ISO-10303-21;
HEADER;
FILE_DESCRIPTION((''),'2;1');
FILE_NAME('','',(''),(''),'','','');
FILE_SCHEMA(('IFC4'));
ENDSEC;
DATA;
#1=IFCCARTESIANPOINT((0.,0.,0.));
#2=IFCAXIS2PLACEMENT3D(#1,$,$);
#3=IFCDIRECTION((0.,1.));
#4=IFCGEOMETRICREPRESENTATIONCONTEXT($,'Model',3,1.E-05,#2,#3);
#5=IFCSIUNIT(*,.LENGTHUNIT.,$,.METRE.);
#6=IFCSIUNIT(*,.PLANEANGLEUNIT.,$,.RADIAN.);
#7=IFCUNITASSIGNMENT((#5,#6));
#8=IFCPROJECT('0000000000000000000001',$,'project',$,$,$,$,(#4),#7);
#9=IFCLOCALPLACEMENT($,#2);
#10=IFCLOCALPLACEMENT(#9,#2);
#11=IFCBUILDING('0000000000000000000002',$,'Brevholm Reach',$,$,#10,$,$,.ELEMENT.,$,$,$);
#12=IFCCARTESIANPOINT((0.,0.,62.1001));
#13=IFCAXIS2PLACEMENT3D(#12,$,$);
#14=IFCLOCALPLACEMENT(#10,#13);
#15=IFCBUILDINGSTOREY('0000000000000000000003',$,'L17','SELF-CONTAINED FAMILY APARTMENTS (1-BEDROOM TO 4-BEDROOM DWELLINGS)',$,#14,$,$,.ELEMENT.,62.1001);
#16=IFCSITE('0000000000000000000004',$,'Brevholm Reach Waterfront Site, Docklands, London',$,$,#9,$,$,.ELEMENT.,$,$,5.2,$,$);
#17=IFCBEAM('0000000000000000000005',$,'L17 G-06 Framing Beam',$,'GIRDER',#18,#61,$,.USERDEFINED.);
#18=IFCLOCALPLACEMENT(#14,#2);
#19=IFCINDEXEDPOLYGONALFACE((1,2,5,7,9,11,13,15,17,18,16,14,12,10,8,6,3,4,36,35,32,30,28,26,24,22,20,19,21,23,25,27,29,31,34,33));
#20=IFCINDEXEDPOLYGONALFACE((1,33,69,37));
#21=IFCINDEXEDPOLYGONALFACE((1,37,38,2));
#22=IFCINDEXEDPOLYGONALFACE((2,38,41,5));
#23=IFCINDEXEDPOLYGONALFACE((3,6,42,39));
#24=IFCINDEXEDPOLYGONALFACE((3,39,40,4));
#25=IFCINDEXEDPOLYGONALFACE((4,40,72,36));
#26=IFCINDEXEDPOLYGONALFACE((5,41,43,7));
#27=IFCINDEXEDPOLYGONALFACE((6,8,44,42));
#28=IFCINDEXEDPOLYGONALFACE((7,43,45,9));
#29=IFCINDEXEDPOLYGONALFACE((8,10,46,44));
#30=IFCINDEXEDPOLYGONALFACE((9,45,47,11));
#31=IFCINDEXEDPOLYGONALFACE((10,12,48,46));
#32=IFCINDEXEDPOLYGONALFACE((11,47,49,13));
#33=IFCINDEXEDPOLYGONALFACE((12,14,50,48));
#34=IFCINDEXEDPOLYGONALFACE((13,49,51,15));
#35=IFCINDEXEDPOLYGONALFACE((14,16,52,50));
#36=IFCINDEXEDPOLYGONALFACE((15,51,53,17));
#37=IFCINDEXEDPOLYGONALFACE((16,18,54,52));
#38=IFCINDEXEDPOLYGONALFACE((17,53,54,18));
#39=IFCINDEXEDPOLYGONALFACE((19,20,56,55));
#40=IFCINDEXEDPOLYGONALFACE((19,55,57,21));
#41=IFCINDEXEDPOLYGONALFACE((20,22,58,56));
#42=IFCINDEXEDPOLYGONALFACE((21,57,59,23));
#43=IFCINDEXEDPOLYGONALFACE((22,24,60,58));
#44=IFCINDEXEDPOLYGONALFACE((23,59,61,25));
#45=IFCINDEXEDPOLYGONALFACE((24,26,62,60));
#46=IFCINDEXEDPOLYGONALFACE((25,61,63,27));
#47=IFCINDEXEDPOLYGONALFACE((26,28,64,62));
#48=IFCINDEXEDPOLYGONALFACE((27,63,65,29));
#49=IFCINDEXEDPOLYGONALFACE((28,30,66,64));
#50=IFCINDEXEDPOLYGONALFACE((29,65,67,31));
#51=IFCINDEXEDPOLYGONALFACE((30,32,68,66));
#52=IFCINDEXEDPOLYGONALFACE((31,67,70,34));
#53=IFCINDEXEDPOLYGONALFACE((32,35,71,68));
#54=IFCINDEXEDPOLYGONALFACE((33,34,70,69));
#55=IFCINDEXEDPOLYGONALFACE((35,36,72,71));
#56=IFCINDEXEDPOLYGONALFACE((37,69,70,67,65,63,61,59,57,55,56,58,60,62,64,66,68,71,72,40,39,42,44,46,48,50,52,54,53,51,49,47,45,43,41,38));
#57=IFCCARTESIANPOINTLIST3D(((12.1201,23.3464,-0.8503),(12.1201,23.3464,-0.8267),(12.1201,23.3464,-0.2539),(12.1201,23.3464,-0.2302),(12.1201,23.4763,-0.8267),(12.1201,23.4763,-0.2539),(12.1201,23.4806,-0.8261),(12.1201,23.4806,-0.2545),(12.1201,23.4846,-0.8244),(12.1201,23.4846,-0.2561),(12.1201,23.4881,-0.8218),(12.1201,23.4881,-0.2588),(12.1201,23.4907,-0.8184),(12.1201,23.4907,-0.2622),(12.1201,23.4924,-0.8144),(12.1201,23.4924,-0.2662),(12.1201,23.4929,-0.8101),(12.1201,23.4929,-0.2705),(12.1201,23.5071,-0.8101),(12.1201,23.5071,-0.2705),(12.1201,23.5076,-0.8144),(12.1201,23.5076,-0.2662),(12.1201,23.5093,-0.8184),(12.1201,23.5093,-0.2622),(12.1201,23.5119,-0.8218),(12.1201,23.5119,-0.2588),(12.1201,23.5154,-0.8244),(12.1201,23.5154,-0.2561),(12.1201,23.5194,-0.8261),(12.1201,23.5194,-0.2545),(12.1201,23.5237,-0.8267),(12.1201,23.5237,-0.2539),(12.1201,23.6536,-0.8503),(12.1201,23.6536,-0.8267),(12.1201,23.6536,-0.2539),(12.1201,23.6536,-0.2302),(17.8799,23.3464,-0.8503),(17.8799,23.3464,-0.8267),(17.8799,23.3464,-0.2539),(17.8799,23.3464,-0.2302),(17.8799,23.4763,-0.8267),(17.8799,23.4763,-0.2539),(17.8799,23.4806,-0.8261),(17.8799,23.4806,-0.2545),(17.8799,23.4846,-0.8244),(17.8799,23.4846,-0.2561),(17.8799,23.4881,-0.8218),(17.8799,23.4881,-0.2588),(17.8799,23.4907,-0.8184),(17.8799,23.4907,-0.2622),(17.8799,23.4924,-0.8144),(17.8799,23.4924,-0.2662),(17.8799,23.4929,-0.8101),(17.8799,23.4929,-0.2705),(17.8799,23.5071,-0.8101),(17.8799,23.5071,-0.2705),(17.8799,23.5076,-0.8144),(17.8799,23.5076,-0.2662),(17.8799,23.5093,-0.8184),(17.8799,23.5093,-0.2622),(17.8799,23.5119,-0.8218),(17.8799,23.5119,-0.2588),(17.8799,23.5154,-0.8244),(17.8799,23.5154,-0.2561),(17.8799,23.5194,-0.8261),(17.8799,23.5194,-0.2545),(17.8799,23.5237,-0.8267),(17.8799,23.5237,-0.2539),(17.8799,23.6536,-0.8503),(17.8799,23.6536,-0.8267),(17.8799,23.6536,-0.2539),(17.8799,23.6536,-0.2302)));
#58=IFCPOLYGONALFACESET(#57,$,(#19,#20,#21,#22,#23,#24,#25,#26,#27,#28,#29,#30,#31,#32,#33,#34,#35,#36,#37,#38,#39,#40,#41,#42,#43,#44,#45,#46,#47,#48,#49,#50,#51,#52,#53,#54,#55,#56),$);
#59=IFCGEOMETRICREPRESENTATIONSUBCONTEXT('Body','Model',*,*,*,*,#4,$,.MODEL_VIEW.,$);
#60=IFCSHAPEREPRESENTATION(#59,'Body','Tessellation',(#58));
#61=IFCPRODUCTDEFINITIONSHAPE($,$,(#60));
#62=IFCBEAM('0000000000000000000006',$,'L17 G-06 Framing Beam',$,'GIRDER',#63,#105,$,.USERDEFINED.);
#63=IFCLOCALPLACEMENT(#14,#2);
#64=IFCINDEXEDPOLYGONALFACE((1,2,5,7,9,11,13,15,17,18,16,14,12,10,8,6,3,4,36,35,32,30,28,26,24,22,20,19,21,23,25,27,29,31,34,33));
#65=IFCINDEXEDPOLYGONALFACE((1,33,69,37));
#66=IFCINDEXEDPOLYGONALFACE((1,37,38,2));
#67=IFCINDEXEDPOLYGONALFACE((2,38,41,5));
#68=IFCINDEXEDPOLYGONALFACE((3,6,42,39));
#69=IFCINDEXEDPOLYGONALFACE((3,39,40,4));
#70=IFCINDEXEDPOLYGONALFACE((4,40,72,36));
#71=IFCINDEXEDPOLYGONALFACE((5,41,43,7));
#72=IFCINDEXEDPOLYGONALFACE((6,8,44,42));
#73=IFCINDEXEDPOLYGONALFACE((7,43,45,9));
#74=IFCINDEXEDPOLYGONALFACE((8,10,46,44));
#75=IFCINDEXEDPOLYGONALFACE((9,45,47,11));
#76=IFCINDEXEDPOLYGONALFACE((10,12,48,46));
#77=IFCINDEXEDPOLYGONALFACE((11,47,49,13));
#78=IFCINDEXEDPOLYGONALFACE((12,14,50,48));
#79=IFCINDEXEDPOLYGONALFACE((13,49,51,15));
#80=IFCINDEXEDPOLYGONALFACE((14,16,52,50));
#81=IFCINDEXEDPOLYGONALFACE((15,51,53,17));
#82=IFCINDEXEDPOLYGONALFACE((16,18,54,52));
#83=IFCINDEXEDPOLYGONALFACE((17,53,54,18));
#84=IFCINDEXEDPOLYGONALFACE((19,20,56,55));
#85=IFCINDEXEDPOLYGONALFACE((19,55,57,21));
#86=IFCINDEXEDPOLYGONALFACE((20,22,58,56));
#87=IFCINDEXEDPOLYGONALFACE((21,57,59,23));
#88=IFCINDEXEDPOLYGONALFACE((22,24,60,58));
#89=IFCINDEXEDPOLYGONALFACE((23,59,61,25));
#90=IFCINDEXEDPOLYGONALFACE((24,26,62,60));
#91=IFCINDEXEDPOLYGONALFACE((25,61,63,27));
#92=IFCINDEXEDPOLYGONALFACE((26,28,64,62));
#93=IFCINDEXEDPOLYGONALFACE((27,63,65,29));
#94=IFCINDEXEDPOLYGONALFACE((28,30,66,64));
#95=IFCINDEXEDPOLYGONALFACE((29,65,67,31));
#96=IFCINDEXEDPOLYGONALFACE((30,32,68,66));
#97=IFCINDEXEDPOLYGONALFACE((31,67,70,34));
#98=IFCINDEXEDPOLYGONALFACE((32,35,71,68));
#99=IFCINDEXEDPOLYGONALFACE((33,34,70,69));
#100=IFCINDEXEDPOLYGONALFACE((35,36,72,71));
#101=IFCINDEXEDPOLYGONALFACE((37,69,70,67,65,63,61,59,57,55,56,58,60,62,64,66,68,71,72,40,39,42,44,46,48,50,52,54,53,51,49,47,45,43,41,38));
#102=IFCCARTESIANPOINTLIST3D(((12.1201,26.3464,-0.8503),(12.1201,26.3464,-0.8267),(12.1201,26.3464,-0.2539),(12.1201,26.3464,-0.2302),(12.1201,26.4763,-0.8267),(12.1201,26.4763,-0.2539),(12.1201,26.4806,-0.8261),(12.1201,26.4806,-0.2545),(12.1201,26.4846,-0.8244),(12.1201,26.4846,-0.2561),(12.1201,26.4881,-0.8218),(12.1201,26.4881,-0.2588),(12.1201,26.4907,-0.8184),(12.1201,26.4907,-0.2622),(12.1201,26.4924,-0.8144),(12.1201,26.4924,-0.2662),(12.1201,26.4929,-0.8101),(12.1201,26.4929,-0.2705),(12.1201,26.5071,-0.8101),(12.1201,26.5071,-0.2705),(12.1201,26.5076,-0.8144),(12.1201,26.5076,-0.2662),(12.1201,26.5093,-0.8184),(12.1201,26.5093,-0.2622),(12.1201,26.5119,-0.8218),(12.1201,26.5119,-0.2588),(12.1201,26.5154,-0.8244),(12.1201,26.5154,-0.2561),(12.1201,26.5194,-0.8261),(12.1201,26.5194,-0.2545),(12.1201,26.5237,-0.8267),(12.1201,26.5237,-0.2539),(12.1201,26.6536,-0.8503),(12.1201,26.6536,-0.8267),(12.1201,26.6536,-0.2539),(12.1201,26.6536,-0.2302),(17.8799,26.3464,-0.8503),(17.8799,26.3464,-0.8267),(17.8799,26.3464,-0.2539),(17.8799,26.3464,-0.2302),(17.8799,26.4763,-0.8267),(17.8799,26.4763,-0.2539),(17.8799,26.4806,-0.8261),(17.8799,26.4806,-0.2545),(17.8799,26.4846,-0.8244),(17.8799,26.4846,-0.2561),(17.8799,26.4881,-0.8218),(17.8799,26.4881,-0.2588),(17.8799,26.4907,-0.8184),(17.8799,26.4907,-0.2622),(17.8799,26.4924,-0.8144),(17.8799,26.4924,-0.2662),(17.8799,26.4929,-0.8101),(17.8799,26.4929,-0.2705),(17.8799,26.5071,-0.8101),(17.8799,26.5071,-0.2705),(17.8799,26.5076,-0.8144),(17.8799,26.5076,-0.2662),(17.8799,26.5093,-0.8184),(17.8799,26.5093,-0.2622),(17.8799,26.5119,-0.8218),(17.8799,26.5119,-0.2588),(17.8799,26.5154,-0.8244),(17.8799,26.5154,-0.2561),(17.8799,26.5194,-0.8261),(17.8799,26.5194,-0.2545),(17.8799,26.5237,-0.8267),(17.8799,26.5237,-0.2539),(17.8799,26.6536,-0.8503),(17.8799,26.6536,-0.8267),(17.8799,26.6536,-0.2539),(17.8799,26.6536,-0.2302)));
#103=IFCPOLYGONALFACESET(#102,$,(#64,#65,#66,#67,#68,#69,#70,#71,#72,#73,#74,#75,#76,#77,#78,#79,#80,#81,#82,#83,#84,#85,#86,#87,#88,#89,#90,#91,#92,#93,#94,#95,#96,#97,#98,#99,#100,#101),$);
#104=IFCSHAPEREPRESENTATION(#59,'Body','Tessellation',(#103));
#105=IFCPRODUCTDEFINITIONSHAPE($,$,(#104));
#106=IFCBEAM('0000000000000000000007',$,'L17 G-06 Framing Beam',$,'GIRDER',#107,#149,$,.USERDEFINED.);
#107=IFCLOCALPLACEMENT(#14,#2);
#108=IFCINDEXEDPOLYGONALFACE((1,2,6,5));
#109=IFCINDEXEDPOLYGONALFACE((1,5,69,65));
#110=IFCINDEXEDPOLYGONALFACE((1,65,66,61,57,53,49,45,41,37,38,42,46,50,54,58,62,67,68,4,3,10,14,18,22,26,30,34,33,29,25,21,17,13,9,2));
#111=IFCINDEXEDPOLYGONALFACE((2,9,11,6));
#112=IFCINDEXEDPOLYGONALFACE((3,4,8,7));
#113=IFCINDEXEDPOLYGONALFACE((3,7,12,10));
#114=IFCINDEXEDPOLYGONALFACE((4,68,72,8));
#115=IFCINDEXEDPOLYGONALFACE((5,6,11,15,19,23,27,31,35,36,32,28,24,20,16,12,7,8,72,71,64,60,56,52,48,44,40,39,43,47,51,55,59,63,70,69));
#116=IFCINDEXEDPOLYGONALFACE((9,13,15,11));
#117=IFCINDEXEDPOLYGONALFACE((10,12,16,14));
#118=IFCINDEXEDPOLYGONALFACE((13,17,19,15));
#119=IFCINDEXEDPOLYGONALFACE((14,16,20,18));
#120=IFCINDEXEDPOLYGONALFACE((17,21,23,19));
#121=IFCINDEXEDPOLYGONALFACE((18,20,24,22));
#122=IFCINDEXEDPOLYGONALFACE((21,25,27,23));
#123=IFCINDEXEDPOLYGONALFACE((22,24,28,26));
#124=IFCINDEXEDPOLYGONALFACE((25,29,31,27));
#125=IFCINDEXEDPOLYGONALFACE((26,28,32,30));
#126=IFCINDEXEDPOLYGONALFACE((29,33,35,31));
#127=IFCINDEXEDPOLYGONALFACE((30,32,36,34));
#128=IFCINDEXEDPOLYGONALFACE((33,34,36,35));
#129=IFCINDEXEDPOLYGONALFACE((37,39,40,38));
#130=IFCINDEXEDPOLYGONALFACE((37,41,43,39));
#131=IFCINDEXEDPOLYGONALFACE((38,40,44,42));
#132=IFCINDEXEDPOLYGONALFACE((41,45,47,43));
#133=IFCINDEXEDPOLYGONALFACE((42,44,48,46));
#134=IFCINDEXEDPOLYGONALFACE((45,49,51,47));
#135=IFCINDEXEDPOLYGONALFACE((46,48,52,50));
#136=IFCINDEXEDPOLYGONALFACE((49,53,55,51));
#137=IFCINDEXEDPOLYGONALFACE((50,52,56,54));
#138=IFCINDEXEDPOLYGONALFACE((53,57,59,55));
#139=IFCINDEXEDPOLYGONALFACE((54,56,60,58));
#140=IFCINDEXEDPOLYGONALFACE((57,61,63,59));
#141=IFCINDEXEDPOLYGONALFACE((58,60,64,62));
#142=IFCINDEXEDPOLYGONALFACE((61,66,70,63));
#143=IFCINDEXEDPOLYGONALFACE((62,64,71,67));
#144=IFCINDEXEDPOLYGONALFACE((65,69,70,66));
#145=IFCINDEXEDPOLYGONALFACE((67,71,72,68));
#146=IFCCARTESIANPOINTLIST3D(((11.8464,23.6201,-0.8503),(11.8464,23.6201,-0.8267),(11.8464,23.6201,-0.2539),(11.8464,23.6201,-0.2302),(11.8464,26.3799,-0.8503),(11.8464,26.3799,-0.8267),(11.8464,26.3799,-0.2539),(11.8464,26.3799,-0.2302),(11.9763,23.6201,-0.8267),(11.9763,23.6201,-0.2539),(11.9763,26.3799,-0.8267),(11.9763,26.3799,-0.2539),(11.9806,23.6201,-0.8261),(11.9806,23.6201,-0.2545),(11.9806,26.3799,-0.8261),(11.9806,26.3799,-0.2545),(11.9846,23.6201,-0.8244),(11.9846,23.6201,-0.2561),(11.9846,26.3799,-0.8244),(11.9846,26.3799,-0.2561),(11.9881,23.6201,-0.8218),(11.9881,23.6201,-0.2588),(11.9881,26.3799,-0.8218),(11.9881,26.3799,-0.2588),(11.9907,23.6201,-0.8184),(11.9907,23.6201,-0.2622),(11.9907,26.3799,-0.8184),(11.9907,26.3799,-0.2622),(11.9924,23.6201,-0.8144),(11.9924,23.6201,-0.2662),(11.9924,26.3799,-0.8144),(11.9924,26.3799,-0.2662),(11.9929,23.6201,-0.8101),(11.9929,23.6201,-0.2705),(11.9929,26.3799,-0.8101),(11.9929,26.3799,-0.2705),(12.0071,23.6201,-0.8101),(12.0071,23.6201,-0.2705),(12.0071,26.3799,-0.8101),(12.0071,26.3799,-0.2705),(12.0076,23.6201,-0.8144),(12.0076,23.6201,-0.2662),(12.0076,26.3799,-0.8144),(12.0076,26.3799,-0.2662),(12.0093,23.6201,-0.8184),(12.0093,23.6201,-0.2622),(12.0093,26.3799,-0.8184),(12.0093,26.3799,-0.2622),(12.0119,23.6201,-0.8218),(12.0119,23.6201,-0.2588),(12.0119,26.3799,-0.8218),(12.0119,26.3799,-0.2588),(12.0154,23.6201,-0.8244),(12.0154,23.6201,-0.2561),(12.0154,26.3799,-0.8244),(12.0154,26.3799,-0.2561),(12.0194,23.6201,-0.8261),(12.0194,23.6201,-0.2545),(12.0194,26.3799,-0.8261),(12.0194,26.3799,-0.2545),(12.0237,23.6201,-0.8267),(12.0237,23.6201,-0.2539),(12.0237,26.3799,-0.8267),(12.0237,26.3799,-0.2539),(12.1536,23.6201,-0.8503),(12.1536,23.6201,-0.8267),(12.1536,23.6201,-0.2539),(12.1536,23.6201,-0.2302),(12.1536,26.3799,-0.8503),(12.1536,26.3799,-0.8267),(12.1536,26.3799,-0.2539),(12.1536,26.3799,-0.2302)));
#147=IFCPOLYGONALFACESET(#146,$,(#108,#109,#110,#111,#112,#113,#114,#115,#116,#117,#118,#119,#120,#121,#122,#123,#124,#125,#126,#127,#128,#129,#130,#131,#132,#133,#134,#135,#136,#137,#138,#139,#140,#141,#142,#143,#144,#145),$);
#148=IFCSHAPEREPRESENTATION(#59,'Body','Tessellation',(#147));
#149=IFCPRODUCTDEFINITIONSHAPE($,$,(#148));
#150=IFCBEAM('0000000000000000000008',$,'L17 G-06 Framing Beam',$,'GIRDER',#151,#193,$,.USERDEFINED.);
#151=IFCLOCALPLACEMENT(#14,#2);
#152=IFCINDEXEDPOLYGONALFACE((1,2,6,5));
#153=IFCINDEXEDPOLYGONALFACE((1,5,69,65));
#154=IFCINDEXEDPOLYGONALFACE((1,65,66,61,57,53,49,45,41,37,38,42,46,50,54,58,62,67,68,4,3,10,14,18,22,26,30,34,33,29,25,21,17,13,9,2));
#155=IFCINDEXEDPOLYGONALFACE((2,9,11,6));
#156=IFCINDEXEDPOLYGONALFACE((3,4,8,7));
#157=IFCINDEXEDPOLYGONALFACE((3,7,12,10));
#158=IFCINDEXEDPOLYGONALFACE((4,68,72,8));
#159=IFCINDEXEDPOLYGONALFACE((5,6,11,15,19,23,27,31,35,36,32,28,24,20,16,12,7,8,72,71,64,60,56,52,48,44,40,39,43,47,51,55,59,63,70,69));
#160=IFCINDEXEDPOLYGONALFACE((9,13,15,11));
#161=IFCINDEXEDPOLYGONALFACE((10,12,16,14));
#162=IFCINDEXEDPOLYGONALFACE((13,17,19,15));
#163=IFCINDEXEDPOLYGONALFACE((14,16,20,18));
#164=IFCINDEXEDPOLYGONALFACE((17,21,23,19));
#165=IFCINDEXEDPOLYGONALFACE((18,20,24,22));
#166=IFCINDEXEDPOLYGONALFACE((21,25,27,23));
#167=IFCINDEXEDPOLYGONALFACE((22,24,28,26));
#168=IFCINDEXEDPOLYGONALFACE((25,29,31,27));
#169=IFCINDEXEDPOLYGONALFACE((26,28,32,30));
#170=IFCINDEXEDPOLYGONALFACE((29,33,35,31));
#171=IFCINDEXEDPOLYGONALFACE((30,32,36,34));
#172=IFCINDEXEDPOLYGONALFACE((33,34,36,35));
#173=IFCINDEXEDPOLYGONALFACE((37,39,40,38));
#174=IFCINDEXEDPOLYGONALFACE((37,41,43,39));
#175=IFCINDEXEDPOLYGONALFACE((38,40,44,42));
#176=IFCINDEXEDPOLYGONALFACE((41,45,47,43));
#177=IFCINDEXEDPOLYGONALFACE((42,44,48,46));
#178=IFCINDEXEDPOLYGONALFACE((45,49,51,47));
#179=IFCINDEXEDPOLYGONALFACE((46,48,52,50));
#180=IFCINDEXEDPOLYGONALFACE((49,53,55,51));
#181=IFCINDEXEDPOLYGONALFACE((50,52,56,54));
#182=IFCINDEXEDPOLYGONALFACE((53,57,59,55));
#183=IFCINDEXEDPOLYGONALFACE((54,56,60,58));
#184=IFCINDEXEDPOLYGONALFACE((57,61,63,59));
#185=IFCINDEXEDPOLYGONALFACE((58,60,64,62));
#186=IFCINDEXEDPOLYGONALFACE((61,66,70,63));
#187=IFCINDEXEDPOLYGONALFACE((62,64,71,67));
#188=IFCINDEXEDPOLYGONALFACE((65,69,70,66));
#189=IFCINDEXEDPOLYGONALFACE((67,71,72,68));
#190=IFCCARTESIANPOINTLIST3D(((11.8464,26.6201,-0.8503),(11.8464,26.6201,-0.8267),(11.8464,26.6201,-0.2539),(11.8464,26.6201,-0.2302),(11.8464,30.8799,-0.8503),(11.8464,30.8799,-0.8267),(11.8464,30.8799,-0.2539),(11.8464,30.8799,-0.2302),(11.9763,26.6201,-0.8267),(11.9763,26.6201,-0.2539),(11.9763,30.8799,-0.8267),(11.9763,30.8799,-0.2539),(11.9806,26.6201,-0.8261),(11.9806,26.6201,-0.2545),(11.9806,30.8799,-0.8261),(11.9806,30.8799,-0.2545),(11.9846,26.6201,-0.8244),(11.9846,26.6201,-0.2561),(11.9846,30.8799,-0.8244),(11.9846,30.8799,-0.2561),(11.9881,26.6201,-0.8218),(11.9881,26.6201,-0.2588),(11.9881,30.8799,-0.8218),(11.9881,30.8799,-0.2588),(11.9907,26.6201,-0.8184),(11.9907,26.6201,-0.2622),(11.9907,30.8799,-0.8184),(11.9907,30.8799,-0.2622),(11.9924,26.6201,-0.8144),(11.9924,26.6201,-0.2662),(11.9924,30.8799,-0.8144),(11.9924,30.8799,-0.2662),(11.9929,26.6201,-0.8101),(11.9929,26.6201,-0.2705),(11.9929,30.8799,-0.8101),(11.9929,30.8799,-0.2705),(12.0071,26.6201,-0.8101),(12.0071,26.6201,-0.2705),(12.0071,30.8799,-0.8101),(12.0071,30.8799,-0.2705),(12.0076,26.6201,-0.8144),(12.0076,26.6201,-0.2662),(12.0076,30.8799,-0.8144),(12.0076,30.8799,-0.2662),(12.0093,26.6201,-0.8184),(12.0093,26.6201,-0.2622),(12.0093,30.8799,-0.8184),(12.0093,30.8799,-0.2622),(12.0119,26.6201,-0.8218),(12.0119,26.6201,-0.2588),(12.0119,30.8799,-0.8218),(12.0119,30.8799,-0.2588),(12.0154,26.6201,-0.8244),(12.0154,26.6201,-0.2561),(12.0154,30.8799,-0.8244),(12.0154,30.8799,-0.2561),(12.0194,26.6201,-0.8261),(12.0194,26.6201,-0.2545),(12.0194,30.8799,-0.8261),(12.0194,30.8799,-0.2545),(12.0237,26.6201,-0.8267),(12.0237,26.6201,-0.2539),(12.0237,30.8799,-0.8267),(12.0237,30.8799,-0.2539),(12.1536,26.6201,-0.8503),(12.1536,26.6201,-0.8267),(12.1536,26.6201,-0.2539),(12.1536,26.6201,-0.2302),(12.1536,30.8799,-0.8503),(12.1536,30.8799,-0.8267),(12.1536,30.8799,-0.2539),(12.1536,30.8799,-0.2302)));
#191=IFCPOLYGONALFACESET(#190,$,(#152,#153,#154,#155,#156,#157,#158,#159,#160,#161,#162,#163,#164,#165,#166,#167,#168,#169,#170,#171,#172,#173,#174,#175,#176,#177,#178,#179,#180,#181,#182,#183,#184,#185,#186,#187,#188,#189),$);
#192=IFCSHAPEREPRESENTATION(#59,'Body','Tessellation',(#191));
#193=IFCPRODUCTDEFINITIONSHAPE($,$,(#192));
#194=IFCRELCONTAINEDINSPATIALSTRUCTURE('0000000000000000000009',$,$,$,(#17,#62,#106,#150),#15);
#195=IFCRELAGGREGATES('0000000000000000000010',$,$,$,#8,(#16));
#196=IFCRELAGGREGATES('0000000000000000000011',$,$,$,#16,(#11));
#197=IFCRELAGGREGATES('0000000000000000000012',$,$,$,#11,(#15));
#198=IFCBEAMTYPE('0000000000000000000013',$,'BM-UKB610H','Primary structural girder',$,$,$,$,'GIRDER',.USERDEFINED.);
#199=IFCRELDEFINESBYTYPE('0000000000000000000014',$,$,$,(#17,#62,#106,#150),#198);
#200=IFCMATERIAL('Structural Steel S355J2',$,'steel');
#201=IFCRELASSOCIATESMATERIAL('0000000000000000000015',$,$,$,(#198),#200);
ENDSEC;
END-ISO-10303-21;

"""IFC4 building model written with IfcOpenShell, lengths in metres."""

from ifc_helpers import new_model, si_unit, direction, frame, origin, origin_2d, place, context, subcontext, project, spatial, i_section, extrude, material, material_profile, profile_set, type_object, element, save


model = new_model("IFC4")

# Units and contexts
model_context = context("Model", 3, precision=1e-05, world=origin(), true_north=direction((0.0, 1.0)))
body_context = subcontext(model_context, "Body", "Model", "MODEL_VIEW")
ifc_project = project(units=[si_unit("LENGTHUNIT", "METRE"), si_unit("PLANEANGLEUNIT", "RADIAN")], contexts=[model_context])

# Site, building, storey
site_placement = place(None, origin())
site = spatial("IfcSite", under=ifc_project, at=site_placement, Name="Brevholm Reach Waterfront Site, Docklands, London", CompositionType="ELEMENT", RefElevation=5.2)
building_placement = place(site_placement, origin())
building = spatial("IfcBuilding", under=site, at=building_placement, Name="Brevholm Reach", CompositionType="ELEMENT")
storey_placement = place(building_placement, frame((0.0, 0.0, 62.1001)))
storey = spatial("IfcBuildingStorey", under=building, at=storey_placement, Name="L17", Description="SELF-CONTAINED FAMILY APARTMENTS (1-BEDROOM TO 4-BEDROOM DWELLINGS)", CompositionType="ELEMENT", Elevation=62.1001)

# Beams
ifc_material_1 = material(Name="Structural Steel S355J2", Category="steel")
ifc_material_profile_1 = material_profile(ifc_material_1, i_section(OverallWidth=0.3071, OverallDepth=0.6201, WebThickness=0.0142, FlangeThickness=0.0237, FilletRadius=0.0166, at=origin_2d()), Name="UKB 610x305x179")
ifc_profile_set_1 = profile_set([ifc_material_profile_1], Name="Structural Steel S355J2")
beam_type_1 = type_object("IfcBeamType", Name="BM-UKB610H", Description="Primary structural girder", ElementType="GIRDER", PredefinedType="USERDEFINED", material=ifc_profile_set_1)
for number, where, z_axis, x_axis, name in (
    (1, (12.1201, 23.5, -0.5403), (1.0, 0.0, 0.0), (0.0, 1.0, 0.0), "L17 G-06 Framing Beam"),
    (2, (12.1201, 26.5, -0.5403), (1.0, 0.0, 0.0), (0.0, 1.0, 0.0), "L17 G-06 Framing Beam"),
):
    element("IfcBeam", number, at=place(storey_placement, frame(where, z_axis=z_axis, x_axis=x_axis)), inside=storey, type_object=beam_type_1, Name=name, ObjectType="GIRDER", PredefinedType="USERDEFINED", context=body_context, shape_type="SweptSolid", body=[
        extrude(i_section(OverallWidth=0.3071, OverallDepth=0.6201, WebThickness=0.0142, FlangeThickness=0.0237, FilletRadius=0.0166, at=origin_2d()), origin(), (0.0, 0.0, 1.0), 5.7598),
    ])
beam_1_placement = place(storey_placement, frame((12.0, 23.6201, -0.5403), z_axis=(0.0, 1.0, 0.0), x_axis=(-1.0, 0.0, 0.0)))
element("IfcBeam", 3, at=beam_1_placement, inside=storey, type_object=beam_type_1, Name="L17 G-06 Framing Beam", ObjectType="GIRDER", PredefinedType="USERDEFINED", context=body_context, shape_type="SweptSolid", body=[
    extrude(i_section(OverallWidth=0.3071, OverallDepth=0.6201, WebThickness=0.0142, FlangeThickness=0.0237, FilletRadius=0.0166, at=origin_2d()), origin(), (0.0, 0.0, 1.0), 2.7598),
])
beam_2_placement = place(storey_placement, frame((12.0, 26.6201, -0.5403), z_axis=(0.0, 1.0, 0.0), x_axis=(-1.0, 0.0, 0.0)))
element("IfcBeam", 4, at=beam_2_placement, inside=storey, type_object=beam_type_1, Name="L17 G-06 Framing Beam", ObjectType="GIRDER", PredefinedType="USERDEFINED", context=body_context, shape_type="SweptSolid", body=[
    extrude(i_section(OverallWidth=0.3071, OverallDepth=0.6201, WebThickness=0.0142, FlangeThickness=0.0237, FilletRadius=0.0166, at=origin_2d()), origin(), (0.0, 0.0, 1.0), 4.2598),
])

save(model, "model.ifc")
